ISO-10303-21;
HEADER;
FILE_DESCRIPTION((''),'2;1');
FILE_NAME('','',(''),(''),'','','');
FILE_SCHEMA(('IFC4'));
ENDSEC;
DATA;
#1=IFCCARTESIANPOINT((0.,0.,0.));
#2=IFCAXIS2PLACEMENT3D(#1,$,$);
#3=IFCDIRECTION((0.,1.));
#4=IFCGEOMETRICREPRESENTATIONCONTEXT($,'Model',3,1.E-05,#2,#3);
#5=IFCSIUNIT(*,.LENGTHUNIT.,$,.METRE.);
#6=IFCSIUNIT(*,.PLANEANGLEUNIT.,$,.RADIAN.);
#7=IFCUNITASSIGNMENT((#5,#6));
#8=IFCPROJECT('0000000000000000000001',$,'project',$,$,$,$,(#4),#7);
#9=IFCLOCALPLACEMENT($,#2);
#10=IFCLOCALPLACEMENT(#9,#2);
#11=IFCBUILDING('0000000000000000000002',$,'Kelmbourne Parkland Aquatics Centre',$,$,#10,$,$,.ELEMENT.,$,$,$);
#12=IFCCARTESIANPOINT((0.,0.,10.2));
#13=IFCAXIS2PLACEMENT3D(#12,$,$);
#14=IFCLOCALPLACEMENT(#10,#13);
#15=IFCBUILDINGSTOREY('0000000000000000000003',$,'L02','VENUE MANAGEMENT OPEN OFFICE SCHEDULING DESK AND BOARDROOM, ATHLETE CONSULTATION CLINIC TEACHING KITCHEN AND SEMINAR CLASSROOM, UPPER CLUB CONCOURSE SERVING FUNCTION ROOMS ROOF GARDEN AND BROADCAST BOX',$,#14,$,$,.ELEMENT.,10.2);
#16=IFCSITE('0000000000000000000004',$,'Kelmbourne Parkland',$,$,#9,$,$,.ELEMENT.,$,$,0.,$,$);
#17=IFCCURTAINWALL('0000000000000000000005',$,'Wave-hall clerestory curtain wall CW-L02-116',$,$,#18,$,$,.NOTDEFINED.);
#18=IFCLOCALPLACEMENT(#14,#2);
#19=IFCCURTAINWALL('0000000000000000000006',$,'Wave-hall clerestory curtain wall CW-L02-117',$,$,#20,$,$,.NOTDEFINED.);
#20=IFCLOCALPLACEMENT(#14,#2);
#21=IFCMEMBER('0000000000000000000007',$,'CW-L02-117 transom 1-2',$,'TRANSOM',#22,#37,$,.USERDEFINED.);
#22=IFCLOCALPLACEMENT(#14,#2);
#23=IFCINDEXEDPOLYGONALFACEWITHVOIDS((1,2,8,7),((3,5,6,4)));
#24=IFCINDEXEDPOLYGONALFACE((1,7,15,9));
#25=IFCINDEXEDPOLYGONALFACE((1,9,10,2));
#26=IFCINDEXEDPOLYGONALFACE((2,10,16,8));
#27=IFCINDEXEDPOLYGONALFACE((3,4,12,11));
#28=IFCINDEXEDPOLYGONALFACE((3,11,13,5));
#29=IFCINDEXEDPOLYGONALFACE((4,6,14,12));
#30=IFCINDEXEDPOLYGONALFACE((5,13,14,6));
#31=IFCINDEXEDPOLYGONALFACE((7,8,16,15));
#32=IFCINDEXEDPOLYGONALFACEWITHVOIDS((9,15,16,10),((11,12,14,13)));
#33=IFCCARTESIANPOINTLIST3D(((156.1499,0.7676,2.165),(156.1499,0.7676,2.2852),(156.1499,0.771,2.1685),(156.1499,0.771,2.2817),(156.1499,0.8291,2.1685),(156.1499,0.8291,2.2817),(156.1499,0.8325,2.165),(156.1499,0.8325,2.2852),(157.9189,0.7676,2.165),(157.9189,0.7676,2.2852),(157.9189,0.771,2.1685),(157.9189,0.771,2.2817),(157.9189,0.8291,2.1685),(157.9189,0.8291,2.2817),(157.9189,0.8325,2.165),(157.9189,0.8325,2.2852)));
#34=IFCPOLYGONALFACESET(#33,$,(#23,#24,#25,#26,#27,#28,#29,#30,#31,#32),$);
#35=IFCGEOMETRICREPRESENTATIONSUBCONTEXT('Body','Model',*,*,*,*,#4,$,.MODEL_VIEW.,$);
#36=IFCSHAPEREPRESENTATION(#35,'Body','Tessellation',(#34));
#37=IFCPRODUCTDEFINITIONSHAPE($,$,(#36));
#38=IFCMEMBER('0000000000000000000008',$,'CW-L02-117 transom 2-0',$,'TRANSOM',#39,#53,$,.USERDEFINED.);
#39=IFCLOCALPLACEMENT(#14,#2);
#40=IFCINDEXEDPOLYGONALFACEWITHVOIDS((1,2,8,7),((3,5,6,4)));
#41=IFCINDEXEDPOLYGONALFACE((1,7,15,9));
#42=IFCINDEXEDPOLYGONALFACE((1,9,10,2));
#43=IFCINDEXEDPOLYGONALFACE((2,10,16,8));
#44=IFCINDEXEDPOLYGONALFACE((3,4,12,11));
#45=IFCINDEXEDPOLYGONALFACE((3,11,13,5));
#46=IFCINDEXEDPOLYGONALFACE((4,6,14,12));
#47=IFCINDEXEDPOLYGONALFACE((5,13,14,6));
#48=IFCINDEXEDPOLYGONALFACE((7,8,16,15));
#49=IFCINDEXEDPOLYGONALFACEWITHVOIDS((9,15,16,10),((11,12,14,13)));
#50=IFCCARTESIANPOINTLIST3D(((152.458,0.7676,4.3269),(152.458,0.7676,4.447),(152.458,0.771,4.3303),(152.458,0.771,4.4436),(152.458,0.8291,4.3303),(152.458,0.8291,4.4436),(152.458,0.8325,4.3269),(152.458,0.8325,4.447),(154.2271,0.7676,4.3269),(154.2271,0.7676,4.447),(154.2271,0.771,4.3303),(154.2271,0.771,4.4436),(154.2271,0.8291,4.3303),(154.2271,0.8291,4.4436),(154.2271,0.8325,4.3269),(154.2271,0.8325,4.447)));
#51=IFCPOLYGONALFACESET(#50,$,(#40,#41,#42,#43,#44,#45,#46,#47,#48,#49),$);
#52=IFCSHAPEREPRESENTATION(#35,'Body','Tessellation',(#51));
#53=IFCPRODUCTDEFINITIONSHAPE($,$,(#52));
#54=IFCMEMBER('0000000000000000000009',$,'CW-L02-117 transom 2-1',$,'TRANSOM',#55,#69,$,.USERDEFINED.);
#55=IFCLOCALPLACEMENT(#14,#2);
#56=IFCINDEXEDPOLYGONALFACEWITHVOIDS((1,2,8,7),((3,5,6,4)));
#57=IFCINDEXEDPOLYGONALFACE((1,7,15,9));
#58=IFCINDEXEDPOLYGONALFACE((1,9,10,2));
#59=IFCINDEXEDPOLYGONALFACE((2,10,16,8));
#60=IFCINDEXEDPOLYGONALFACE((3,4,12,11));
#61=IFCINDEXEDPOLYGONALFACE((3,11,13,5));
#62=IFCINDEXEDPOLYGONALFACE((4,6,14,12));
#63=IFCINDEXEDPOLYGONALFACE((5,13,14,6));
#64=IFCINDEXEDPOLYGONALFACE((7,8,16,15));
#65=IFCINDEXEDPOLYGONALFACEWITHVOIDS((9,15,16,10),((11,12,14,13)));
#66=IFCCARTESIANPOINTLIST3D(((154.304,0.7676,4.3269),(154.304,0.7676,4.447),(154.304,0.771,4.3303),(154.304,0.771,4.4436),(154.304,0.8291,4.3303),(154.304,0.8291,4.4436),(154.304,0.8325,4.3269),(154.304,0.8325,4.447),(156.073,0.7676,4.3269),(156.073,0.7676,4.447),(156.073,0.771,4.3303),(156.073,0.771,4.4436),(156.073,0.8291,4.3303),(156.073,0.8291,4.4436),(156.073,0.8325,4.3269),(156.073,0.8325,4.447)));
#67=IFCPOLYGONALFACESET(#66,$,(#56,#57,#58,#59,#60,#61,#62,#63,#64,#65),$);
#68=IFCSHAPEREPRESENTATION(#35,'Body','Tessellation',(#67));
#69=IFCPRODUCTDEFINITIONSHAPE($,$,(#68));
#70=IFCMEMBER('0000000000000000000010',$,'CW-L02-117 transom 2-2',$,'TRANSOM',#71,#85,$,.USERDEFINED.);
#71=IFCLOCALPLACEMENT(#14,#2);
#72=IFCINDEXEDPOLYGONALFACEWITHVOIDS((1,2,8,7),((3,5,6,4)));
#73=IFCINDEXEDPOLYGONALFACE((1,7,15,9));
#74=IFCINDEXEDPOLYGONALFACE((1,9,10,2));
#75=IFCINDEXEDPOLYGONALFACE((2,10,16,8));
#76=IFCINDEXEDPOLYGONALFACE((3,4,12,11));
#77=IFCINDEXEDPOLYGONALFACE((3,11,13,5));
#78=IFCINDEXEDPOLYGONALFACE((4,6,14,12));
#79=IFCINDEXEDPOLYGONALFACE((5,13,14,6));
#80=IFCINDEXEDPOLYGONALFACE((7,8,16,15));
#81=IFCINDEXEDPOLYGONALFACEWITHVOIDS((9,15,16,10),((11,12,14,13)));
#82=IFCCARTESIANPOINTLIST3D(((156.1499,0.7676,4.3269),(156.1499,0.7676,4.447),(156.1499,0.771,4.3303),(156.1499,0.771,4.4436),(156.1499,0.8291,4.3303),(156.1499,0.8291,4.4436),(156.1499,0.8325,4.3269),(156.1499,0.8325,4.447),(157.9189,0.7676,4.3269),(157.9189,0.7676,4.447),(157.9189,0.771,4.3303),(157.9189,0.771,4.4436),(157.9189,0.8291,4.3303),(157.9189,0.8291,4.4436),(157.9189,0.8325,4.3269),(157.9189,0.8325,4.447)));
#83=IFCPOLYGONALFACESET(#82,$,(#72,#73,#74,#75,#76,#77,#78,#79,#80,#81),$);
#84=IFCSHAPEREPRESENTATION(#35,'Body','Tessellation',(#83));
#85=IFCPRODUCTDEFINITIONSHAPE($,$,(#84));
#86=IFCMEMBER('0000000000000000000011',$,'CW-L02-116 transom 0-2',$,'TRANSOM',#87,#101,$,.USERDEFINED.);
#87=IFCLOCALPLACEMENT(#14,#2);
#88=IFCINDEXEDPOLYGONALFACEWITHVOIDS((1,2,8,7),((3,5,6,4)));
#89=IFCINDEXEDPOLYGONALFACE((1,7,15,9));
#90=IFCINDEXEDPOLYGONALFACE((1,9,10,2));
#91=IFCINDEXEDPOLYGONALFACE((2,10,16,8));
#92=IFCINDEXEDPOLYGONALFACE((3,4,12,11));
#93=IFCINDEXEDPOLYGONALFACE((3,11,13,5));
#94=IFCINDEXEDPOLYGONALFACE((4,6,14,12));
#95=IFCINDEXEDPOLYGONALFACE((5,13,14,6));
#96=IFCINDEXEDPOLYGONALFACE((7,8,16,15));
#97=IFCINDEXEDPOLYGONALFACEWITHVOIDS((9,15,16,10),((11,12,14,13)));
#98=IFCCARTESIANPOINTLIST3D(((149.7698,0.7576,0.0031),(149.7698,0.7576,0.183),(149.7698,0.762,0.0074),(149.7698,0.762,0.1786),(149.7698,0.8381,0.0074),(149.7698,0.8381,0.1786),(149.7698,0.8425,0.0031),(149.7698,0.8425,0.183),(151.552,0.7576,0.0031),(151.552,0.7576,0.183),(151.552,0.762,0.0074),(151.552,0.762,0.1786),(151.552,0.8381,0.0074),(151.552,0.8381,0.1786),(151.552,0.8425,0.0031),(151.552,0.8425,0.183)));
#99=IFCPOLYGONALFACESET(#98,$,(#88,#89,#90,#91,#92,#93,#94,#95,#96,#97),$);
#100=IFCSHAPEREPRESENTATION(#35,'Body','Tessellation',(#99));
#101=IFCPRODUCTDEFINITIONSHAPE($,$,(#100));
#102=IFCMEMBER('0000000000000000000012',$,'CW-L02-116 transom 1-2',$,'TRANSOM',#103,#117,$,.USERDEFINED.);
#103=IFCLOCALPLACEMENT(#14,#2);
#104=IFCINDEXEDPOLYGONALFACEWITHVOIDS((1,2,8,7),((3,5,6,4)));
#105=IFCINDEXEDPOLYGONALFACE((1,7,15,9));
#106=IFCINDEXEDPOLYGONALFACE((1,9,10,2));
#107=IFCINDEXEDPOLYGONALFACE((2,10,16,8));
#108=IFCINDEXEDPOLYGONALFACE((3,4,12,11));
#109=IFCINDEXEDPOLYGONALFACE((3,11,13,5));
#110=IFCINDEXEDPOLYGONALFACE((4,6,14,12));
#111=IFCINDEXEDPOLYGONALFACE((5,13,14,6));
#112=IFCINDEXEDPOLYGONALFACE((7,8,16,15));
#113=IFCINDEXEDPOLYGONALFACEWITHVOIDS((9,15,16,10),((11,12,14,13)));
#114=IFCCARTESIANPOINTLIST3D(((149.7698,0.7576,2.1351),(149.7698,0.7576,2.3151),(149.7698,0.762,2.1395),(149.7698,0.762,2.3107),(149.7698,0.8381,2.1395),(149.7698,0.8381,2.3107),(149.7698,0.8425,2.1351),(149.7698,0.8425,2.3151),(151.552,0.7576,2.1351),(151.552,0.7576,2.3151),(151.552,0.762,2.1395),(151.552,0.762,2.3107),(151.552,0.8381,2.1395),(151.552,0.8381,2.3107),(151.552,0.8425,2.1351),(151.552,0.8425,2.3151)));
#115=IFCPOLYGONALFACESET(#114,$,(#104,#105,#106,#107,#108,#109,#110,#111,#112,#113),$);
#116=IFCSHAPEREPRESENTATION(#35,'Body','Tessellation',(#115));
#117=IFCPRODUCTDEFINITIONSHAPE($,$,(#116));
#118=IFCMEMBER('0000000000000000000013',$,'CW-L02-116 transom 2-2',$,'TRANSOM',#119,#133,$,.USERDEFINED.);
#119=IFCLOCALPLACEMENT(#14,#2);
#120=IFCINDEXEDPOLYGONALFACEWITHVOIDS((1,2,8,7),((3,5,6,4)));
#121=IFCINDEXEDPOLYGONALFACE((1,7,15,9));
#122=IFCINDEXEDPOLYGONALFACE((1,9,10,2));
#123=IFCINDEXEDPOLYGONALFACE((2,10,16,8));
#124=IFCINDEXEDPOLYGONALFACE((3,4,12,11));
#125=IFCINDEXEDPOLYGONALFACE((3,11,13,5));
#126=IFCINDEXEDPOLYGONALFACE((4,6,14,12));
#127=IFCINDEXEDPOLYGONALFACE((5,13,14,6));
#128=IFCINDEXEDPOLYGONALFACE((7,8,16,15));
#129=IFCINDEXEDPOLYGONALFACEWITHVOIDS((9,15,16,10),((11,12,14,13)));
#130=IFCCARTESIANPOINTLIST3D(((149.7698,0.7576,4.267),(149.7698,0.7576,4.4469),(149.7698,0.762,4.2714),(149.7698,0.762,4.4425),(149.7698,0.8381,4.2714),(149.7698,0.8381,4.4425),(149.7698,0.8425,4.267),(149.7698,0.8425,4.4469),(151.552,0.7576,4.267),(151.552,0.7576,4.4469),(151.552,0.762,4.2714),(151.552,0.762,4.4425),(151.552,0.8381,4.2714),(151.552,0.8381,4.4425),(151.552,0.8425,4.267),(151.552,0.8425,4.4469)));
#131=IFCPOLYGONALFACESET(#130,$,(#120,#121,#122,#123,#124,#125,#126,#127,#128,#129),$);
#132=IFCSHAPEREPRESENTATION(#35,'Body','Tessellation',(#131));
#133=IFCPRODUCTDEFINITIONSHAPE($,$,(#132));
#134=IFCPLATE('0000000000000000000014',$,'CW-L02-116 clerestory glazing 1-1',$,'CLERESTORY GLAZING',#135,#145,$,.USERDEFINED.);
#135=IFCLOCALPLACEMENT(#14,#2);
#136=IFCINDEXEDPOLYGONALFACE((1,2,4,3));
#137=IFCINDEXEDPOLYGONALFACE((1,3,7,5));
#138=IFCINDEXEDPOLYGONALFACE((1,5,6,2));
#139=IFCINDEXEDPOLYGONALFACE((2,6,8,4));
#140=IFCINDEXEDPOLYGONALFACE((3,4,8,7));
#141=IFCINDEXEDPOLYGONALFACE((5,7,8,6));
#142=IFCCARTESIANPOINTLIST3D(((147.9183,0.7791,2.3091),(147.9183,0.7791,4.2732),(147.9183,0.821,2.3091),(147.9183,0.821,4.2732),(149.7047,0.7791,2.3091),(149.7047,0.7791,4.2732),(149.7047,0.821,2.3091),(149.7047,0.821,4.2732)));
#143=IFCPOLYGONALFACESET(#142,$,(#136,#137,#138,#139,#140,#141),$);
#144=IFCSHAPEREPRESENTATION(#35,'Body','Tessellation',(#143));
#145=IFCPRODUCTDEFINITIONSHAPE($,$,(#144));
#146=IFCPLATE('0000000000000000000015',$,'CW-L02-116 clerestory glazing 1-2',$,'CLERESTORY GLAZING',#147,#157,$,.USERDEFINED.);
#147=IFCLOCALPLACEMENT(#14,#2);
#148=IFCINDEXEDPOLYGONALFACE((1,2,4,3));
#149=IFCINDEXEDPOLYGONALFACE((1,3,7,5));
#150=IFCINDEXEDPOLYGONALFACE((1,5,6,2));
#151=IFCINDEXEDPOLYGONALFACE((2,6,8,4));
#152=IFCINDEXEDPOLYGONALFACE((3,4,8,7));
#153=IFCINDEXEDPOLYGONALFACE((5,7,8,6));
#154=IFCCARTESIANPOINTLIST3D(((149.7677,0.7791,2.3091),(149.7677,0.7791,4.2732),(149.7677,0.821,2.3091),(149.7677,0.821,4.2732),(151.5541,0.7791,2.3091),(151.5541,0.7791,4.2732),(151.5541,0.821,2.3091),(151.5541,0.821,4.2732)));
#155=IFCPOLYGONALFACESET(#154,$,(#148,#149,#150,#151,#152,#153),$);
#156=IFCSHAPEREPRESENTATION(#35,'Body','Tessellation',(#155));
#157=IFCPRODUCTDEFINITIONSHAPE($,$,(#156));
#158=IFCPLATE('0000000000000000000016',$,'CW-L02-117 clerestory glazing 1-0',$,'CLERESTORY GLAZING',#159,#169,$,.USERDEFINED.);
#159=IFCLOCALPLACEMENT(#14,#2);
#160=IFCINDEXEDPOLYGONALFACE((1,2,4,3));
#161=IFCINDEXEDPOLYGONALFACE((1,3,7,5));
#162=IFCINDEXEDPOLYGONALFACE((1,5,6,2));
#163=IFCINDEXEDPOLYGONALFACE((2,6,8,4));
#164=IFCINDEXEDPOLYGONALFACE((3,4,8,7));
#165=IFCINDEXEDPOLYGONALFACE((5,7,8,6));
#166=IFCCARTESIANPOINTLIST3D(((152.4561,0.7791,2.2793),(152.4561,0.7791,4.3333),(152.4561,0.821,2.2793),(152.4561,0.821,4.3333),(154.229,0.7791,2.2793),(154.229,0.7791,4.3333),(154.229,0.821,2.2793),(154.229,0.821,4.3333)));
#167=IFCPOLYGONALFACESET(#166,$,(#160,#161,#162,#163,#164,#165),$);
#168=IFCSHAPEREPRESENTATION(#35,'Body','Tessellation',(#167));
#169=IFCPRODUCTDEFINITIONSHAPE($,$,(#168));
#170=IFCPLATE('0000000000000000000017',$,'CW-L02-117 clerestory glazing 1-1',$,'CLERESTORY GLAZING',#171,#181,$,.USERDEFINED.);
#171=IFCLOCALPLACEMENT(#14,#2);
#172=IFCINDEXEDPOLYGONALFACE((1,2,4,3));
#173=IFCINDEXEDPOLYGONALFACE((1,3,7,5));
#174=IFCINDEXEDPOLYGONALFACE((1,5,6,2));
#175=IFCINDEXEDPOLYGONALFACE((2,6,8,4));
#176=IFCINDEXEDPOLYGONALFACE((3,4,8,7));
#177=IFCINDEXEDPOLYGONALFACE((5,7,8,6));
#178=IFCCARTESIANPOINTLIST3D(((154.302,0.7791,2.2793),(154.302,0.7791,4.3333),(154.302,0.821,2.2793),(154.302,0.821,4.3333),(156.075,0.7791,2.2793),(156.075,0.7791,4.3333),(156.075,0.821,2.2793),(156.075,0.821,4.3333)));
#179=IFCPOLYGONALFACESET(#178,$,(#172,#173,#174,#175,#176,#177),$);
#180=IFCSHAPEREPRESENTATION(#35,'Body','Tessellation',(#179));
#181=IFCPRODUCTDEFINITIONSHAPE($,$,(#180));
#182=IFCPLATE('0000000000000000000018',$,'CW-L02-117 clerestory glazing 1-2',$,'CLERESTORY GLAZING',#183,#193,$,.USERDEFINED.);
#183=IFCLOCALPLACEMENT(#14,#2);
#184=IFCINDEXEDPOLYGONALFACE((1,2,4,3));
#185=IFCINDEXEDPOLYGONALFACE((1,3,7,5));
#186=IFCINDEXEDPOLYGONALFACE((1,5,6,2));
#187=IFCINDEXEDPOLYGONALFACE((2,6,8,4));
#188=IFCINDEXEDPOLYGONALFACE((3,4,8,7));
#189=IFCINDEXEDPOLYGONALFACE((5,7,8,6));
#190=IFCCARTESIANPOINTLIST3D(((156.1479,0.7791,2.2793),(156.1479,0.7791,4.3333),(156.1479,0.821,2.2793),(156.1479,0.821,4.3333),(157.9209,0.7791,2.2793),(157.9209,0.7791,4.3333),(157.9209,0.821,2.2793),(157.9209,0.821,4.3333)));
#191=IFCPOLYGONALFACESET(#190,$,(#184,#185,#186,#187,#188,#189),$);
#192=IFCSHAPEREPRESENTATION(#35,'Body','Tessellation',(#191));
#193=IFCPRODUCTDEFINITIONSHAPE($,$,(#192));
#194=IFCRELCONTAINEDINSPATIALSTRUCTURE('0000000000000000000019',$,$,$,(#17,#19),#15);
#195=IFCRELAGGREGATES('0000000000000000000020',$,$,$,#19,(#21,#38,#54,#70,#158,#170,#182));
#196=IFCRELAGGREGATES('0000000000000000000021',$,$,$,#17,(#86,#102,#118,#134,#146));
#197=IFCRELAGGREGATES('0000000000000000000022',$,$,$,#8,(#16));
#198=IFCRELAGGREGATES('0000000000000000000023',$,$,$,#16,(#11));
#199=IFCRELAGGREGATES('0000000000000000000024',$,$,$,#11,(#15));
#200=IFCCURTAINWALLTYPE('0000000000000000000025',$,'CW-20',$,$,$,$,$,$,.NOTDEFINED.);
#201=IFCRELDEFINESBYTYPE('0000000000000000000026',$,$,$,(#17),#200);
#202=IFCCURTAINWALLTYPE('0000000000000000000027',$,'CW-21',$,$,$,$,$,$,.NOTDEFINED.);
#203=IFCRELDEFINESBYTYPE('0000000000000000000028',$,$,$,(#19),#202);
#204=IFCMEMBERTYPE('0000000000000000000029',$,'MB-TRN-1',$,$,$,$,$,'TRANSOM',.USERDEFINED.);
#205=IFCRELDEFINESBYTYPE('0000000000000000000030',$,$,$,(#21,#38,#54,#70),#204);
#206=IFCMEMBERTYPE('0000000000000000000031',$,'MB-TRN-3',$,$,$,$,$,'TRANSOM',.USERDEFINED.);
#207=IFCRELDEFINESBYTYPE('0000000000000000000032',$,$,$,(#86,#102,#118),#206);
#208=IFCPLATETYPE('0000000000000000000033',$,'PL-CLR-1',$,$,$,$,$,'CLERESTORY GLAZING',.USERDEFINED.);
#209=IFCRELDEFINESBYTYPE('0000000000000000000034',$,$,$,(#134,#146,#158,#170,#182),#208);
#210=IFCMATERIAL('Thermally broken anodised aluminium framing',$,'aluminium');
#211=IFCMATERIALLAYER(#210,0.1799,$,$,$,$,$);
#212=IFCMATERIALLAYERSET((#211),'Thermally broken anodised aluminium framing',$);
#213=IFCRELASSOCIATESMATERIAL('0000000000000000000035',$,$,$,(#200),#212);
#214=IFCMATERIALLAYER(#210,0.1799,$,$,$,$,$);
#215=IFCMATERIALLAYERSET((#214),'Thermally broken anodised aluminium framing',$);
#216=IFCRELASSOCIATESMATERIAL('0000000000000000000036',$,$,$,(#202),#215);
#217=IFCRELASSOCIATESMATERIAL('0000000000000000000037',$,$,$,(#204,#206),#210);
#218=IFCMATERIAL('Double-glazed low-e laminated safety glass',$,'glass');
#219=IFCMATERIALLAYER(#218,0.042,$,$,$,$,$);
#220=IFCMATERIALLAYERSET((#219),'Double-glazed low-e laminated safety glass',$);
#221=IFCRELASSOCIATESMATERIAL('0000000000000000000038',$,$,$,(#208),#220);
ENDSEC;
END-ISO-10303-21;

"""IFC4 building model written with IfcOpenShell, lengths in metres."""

from ifc_helpers import new_model, si_unit, direction, frame, origin, origin_2d, place, context, subcontext, project, spatial, rectangle, hollow_rectangle, extrude, material, layer, layer_set, material_profile, profile_set, type_object, element, aggregate, save


model = new_model("IFC4")

# Units and contexts
model_context = context("Model", 3, precision=1e-05, world=origin(), true_north=direction((0.0, 1.0)))
body_context = subcontext(model_context, "Body", "Model", "MODEL_VIEW")
ifc_project = project(units=[si_unit("LENGTHUNIT", "METRE"), si_unit("PLANEANGLEUNIT", "RADIAN")], contexts=[model_context])

# Site, building, storey
site_placement = place(None, origin())
site = spatial("IfcSite", under=ifc_project, at=site_placement, Name="Kelmbourne Parkland", CompositionType="ELEMENT", RefElevation=0.0)
building_placement = place(site_placement, origin())
building = spatial("IfcBuilding", under=site, at=building_placement, Name="Kelmbourne Parkland Aquatics Centre", CompositionType="ELEMENT")
storey_placement = place(building_placement, frame((0.0, 0.0, 10.2)))
storey = spatial("IfcBuildingStorey", under=building, at=storey_placement, Name="L02", Description="VENUE MANAGEMENT OPEN OFFICE SCHEDULING DESK AND BOARDROOM, ATHLETE CONSULTATION CLINIC TEACHING KITCHEN AND SEMINAR CLASSROOM, UPPER CLUB CONCOURSE SERVING FUNCTION ROOMS ROOF GARDEN AND BROADCAST BOX", CompositionType="ELEMENT", Elevation=10.2)

# Curtain walls, members
ifc_material_1 = material(Name="Thermally broken anodised aluminium framing", Category="aluminium")
ifc_layer_1 = layer(ifc_material_1, 0.1799)
ifc_layer_set_1 = layer_set([ifc_layer_1], Name="Thermally broken anodised aluminium framing")
curtain_wall_type_1 = type_object("IfcCurtainWallType", Name="CW-20", PredefinedType="NOTDEFINED", material=ifc_layer_set_1)
curtain_wall_1_placement = place(storey_placement, origin())
curtain_wall_1 = element("IfcCurtainWall", 1, at=curtain_wall_1_placement, inside=storey, type_object=curtain_wall_type_1, Name="Wave-hall clerestory curtain wall CW-L02-116", PredefinedType="NOTDEFINED")
ifc_layer_2 = layer(ifc_material_1, 0.1799)
ifc_layer_set_2 = layer_set([ifc_layer_2], Name="Thermally broken anodised aluminium framing")
curtain_wall_type_2 = type_object("IfcCurtainWallType", Name="CW-21", PredefinedType="NOTDEFINED", material=ifc_layer_set_2)
curtain_wall_2_placement = place(storey_placement, origin())
curtain_wall_2 = element("IfcCurtainWall", 2, at=curtain_wall_2_placement, inside=storey, type_object=curtain_wall_type_2, Name="Wave-hall clerestory curtain wall CW-L02-117", PredefinedType="NOTDEFINED")
ifc_material_profile_1 = material_profile(ifc_material_1, hollow_rectangle(XDim=0.0649, YDim=0.1201, WallThickness=0.0034, at=origin_2d()), Name="CW-T 65x120")
ifc_profile_set_1 = profile_set([ifc_material_profile_1], Name="Thermally broken anodised aluminium framing")
member_type_1 = type_object("IfcMemberType", Name="MB-TRN-1", ElementType="TRANSOM", PredefinedType="USERDEFINED", material=ifc_profile_set_1)
member_1_placement = place(storey_placement, frame((156.1499, 0.8, 2.2251), z_axis=(1.0, 0.0, 0.0), x_axis=(0.0, 1.0, 0.0)))
member_1 = element("IfcMember", 3, at=member_1_placement, type_object=member_type_1, Name="CW-L02-117 transom 1-2", ObjectType="TRANSOM", PredefinedType="USERDEFINED", context=body_context, shape_type="SweptSolid", body=[
    extrude(hollow_rectangle(XDim=0.0649, YDim=0.1201, WallThickness=0.0034, at=origin_2d()), origin(), (0.0, 0.0, 1.0), 1.769),
])
member_2_placement = place(storey_placement, frame((152.458, 0.8, 4.387), z_axis=(1.0, 0.0, 0.0), x_axis=(0.0, 1.0, 0.0)))
member_2 = element("IfcMember", 4, at=member_2_placement, type_object=member_type_1, Name="CW-L02-117 transom 2-0", ObjectType="TRANSOM", PredefinedType="USERDEFINED", context=body_context, shape_type="SweptSolid", body=[
    extrude(hollow_rectangle(XDim=0.0649, YDim=0.1201, WallThickness=0.0034, at=origin_2d()), origin(), (0.0, 0.0, 1.0), 1.769),
])
member_3_placement = place(storey_placement, frame((154.304, 0.8, 4.387), z_axis=(1.0, 0.0, 0.0), x_axis=(0.0, 1.0, 0.0)))
member_3 = element("IfcMember", 5, at=member_3_placement, type_object=member_type_1, Name="CW-L02-117 transom 2-1", ObjectType="TRANSOM", PredefinedType="USERDEFINED", context=body_context, shape_type="SweptSolid", body=[
    extrude(hollow_rectangle(XDim=0.0649, YDim=0.1201, WallThickness=0.0034, at=origin_2d()), origin(), (0.0, 0.0, 1.0), 1.769),
])
member_4_placement = place(storey_placement, frame((156.1499, 0.8, 4.387), z_axis=(1.0, 0.0, 0.0), x_axis=(0.0, 1.0, 0.0)))
member_4 = element("IfcMember", 6, at=member_4_placement, type_object=member_type_1, Name="CW-L02-117 transom 2-2", ObjectType="TRANSOM", PredefinedType="USERDEFINED", context=body_context, shape_type="SweptSolid", body=[
    extrude(hollow_rectangle(XDim=0.0649, YDim=0.1201, WallThickness=0.0034, at=origin_2d()), origin(), (0.0, 0.0, 1.0), 1.769),
])

# Members
ifc_material_profile_2 = material_profile(ifc_material_1, hollow_rectangle(XDim=0.085, YDim=0.1799, WallThickness=0.0044, at=origin_2d()), Name="CW-T 85x180")
ifc_profile_set_2 = profile_set([ifc_material_profile_2], Name="Thermally broken anodised aluminium framing")
member_type_2 = type_object("IfcMemberType", Name="MB-TRN-3", ElementType="TRANSOM", PredefinedType="USERDEFINED", material=ifc_profile_set_2)
member_5_placement = place(storey_placement, frame((149.7698, 0.8, 0.093), z_axis=(1.0, 0.0, 0.0), x_axis=(0.0, 1.0, 0.0)))
member_5 = element("IfcMember", 7, at=member_5_placement, type_object=member_type_2, Name="CW-L02-116 transom 0-2", ObjectType="TRANSOM", PredefinedType="USERDEFINED", context=body_context, shape_type="SweptSolid", body=[
    extrude(hollow_rectangle(XDim=0.085, YDim=0.1799, WallThickness=0.0044, at=origin_2d()), origin(), (0.0, 0.0, 1.0), 1.7822),
])
member_6_placement = place(storey_placement, frame((149.7698, 0.8, 2.2251), z_axis=(1.0, 0.0, 0.0), x_axis=(0.0, 1.0, 0.0)))
member_6 = element("IfcMember", 8, at=member_6_placement, type_object=member_type_2, Name="CW-L02-116 transom 1-2", ObjectType="TRANSOM", PredefinedType="USERDEFINED", context=body_context, shape_type="SweptSolid", body=[
    extrude(hollow_rectangle(XDim=0.085, YDim=0.1799, WallThickness=0.0044, at=origin_2d()), origin(), (0.0, 0.0, 1.0), 1.7822),
])
member_7_placement = place(storey_placement, frame((149.7698, 0.8, 4.3569), z_axis=(1.0, 0.0, 0.0), x_axis=(0.0, 1.0, 0.0)))
member_7 = element("IfcMember", 9, at=member_7_placement, type_object=member_type_2, Name="CW-L02-116 transom 2-2", ObjectType="TRANSOM", PredefinedType="USERDEFINED", context=body_context, shape_type="SweptSolid", body=[
    extrude(hollow_rectangle(XDim=0.085, YDim=0.1799, WallThickness=0.0044, at=origin_2d()), origin(), (0.0, 0.0, 1.0), 1.7822),
])

# Plates
ifc_material_2 = material(Name="Double-glazed low-e laminated safety glass", Category="glass")
ifc_layer_3 = layer(ifc_material_2, 0.042)
ifc_layer_set_3 = layer_set([ifc_layer_3], Name="Double-glazed low-e laminated safety glass")
plate_type_1 = type_object("IfcPlateType", Name="PL-CLR-1", ElementType="CLERESTORY GLAZING", PredefinedType="USERDEFINED", material=ifc_layer_set_3)
plate_1_placement = place(storey_placement, frame((148.8115, 0.8, 2.3091), z_axis=(0.0, 0.0, 1.0), x_axis=(1.0, 0.0, 0.0)))
plate_1 = element("IfcPlate", 10, at=plate_1_placement, type_object=plate_type_1, Name="CW-L02-116 clerestory glazing 1-1", ObjectType="CLERESTORY GLAZING", PredefinedType="USERDEFINED", context=body_context, shape_type="SweptSolid", body=[
    extrude(rectangle(XDim=1.7864, YDim=0.042, at=origin_2d()), origin(), (0.0, 0.0, 1.0), 1.9641),
])
plate_2_placement = place(storey_placement, frame((150.6609, 0.8, 2.3091), z_axis=(0.0, 0.0, 1.0), x_axis=(1.0, 0.0, 0.0)))
plate_2 = element("IfcPlate", 11, at=plate_2_placement, type_object=plate_type_1, Name="CW-L02-116 clerestory glazing 1-2", ObjectType="CLERESTORY GLAZING", PredefinedType="USERDEFINED", context=body_context, shape_type="SweptSolid", body=[
    extrude(rectangle(XDim=1.7864, YDim=0.042, at=origin_2d()), origin(), (0.0, 0.0, 1.0), 1.9641),
])
plate_3_placement = place(storey_placement, frame((153.3425, 0.8, 2.2793), z_axis=(0.0, 0.0, 1.0), x_axis=(1.0, 0.0, 0.0)))
plate_3 = element("IfcPlate", 12, at=plate_3_placement, type_object=plate_type_1, Name="CW-L02-117 clerestory glazing 1-0", ObjectType="CLERESTORY GLAZING", PredefinedType="USERDEFINED", context=body_context, shape_type="SweptSolid", body=[
    extrude(rectangle(XDim=1.7729, YDim=0.042, at=origin_2d()), origin(), (0.0, 0.0, 1.0), 2.054),
])
plate_4_placement = place(storey_placement, frame((155.1885, 0.8, 2.2793), z_axis=(0.0, 0.0, 1.0), x_axis=(1.0, 0.0, 0.0)))
plate_4 = element("IfcPlate", 13, at=plate_4_placement, type_object=plate_type_1, Name="CW-L02-117 clerestory glazing 1-1", ObjectType="CLERESTORY GLAZING", PredefinedType="USERDEFINED", context=body_context, shape_type="SweptSolid", body=[
    extrude(rectangle(XDim=1.7729, YDim=0.042, at=origin_2d()), origin(), (0.0, 0.0, 1.0), 2.054),
])
plate_5_placement = place(storey_placement, frame((157.0344, 0.8, 2.2793), z_axis=(0.0, 0.0, 1.0), x_axis=(1.0, 0.0, 0.0)))
plate_5 = element("IfcPlate", 14, at=plate_5_placement, type_object=plate_type_1, Name="CW-L02-117 clerestory glazing 1-2", ObjectType="CLERESTORY GLAZING", PredefinedType="USERDEFINED", context=body_context, shape_type="SweptSolid", body=[
    extrude(rectangle(XDim=1.7729, YDim=0.042, at=origin_2d()), origin(), (0.0, 0.0, 1.0), 2.054),
])
aggregate(curtain_wall_2, [member_1, member_2, member_3, member_4, plate_3, plate_4, plate_5])
aggregate(curtain_wall_1, [member_5, member_6, member_7, plate_1, plate_2])

save(model, "model.ifc")
